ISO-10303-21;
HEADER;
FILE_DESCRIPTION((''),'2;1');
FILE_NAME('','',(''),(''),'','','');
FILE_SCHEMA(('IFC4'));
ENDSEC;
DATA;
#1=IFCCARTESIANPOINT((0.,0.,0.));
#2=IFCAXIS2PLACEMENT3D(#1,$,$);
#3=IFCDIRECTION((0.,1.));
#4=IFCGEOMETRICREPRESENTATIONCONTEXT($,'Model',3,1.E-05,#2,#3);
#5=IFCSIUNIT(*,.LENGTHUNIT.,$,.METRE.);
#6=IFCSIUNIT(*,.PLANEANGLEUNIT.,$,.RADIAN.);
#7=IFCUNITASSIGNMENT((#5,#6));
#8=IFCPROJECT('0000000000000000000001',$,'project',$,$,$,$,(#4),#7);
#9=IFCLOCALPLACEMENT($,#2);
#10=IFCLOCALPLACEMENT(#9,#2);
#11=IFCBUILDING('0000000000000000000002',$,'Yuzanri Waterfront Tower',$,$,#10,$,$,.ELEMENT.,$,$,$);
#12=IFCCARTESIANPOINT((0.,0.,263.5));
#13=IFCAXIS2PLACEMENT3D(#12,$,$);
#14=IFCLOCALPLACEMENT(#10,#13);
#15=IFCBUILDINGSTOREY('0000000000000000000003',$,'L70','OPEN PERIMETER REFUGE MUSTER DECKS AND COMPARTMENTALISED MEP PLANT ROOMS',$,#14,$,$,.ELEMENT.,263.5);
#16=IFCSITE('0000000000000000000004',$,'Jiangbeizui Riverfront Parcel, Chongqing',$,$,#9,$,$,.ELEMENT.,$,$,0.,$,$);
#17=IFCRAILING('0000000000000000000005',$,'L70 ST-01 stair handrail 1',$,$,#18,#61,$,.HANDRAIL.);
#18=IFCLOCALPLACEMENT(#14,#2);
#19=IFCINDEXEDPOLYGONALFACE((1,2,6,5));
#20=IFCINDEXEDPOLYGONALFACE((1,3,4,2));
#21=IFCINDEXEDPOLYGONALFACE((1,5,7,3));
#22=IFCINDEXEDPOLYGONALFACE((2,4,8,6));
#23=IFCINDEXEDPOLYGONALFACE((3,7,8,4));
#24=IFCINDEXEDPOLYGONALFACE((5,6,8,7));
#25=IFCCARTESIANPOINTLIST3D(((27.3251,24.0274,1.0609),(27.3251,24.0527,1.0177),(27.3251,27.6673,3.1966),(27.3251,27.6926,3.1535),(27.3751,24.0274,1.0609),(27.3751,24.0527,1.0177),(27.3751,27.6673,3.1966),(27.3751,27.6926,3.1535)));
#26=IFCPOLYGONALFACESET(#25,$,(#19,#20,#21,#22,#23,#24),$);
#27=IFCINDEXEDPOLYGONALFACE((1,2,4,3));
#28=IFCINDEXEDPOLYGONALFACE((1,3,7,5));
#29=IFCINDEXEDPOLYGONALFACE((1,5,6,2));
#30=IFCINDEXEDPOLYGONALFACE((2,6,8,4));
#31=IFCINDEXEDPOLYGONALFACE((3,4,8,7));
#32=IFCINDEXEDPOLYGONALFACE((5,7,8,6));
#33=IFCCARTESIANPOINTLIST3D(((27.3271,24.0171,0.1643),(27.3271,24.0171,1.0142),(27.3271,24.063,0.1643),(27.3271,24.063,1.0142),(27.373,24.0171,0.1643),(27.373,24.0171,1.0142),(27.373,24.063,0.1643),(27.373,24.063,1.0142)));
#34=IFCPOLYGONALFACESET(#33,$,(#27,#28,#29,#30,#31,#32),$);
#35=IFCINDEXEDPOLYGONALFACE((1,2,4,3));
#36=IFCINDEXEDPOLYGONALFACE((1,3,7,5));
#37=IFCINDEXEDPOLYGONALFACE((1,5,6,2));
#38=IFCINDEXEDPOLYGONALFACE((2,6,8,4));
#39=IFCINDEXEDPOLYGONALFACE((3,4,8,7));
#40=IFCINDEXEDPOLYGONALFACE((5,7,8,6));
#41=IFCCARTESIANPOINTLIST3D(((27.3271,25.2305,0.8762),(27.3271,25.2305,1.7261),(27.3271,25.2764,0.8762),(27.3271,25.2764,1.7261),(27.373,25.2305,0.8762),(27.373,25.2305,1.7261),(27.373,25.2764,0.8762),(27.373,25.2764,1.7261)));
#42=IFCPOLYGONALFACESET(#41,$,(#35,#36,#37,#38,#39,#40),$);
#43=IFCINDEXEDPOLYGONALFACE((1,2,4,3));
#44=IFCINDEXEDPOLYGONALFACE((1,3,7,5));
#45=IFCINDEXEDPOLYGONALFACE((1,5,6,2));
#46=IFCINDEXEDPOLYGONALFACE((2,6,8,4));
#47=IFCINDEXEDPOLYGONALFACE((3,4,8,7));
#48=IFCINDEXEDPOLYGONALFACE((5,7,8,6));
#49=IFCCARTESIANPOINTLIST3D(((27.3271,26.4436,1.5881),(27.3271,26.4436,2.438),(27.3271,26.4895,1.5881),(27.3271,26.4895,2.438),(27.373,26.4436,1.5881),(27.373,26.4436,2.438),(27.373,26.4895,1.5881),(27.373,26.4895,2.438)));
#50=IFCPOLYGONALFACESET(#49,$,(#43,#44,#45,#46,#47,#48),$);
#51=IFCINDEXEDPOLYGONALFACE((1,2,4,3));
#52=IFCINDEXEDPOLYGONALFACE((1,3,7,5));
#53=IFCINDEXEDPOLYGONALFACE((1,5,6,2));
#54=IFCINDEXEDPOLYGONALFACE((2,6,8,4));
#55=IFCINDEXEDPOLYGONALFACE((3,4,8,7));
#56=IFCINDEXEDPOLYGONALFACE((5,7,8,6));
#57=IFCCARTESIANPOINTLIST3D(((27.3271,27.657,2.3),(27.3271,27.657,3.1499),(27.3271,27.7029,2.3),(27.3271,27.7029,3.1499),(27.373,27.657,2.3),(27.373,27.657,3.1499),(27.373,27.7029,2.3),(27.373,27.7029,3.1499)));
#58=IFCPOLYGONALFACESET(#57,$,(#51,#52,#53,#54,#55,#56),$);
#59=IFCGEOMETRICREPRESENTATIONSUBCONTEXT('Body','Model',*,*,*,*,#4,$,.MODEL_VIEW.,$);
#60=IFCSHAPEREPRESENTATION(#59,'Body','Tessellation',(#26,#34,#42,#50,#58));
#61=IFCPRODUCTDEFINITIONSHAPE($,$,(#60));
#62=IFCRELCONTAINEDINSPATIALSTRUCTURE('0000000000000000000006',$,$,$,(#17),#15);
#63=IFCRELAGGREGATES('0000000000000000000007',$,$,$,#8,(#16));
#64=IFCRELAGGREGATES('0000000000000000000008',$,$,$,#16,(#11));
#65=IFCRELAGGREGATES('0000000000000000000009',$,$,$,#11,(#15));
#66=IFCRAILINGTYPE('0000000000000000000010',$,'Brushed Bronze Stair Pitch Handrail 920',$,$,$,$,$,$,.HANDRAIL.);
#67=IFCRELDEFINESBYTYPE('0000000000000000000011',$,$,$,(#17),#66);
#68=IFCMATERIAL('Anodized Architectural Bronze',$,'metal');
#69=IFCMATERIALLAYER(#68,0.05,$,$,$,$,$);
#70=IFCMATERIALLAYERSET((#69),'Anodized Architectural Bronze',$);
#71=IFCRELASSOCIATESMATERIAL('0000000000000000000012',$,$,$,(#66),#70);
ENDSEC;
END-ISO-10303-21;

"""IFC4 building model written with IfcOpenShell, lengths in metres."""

from ifc_helpers import new_model, si_unit, direction, frame, origin, origin_2d, place, context, subcontext, project, spatial, rectangle, extrude, source, transform, mapped, material, layer, layer_set, type_object, element, save


model = new_model("IFC4")

# Units and contexts
model_context = context("Model", 3, precision=1e-05, world=origin(), true_north=direction((0.0, 1.0)))
body_context = subcontext(model_context, "Body", "Model", "MODEL_VIEW")
ifc_project = project(units=[si_unit("LENGTHUNIT", "METRE"), si_unit("PLANEANGLEUNIT", "RADIAN")], contexts=[model_context])

# Site, building, storey
site_placement = place(None, origin())
site = spatial("IfcSite", under=ifc_project, at=site_placement, Name="Jiangbeizui Riverfront Parcel, Chongqing", CompositionType="ELEMENT", RefElevation=0.0)
building_placement = place(site_placement, origin())
building = spatial("IfcBuilding", under=site, at=building_placement, Name="Yuzanri Waterfront Tower", CompositionType="ELEMENT")
storey_placement = place(building_placement, frame((0.0, 0.0, 263.5)))
storey = spatial("IfcBuildingStorey", under=building, at=storey_placement, Name="L70", Description="OPEN PERIMETER REFUGE MUSTER DECKS AND COMPARTMENTALISED MEP PLANT ROOMS", CompositionType="ELEMENT", Elevation=263.5)

# Railing
ifc_material_1 = material(Name="Anodized Architectural Bronze", Category="metal")
ifc_layer_1 = layer(ifc_material_1, 0.05)
ifc_layer_set_1 = layer_set([ifc_layer_1], Name="Anodized Architectural Bronze")
railing_type_1 = type_object("IfcRailingType", Name="Brushed Bronze Stair Pitch Handrail 920", PredefinedType="HANDRAIL", material=ifc_layer_set_1)
shared_shape_1 = source(origin(), body_context, "Body", "SweptSolid", [
    extrude(rectangle(XDim=0.05, YDim=0.05, at=origin_2d()), frame((0.0, 0.0, 0.875), z_axis=(0.0, 0.86249, 0.506074), x_axis=(-1.0, 0.0, 0.0)), (0.0, 0.0, 1.0), 4.2202),
    extrude(rectangle(XDim=0.0459, YDim=0.0459, at=origin_2d()), origin(), (0.0, 0.0, 1.0), 0.8499),
    extrude(rectangle(XDim=0.0459, YDim=0.0459, at=origin_2d()), frame((0.0, 1.2134, 0.7119)), (0.0, 0.0, 1.0), 0.8499),
    extrude(rectangle(XDim=0.0459, YDim=0.0459, at=origin_2d()), frame((0.0, 2.4265, 1.4238)), (0.0, 0.0, 1.0), 0.8499),
    extrude(rectangle(XDim=0.0459, YDim=0.0459, at=origin_2d()), frame((0.0, 3.6399, 2.1357)), (0.0, 0.0, 1.0), 0.8499),
])
railing_1_placement = place(storey_placement, frame((27.3501, 24.04, 0.1643)))
element("IfcRailing", 1, at=railing_1_placement, inside=storey, type_object=railing_type_1, Name="L70 ST-01 stair handrail 1", PredefinedType="HANDRAIL", context=body_context, shape_type="MappedRepresentation", body=[
    mapped(shared_shape_1, transform((0.0, 0.0, 0.0), scale=1.0)),
])

save(model, "model.ifc")
